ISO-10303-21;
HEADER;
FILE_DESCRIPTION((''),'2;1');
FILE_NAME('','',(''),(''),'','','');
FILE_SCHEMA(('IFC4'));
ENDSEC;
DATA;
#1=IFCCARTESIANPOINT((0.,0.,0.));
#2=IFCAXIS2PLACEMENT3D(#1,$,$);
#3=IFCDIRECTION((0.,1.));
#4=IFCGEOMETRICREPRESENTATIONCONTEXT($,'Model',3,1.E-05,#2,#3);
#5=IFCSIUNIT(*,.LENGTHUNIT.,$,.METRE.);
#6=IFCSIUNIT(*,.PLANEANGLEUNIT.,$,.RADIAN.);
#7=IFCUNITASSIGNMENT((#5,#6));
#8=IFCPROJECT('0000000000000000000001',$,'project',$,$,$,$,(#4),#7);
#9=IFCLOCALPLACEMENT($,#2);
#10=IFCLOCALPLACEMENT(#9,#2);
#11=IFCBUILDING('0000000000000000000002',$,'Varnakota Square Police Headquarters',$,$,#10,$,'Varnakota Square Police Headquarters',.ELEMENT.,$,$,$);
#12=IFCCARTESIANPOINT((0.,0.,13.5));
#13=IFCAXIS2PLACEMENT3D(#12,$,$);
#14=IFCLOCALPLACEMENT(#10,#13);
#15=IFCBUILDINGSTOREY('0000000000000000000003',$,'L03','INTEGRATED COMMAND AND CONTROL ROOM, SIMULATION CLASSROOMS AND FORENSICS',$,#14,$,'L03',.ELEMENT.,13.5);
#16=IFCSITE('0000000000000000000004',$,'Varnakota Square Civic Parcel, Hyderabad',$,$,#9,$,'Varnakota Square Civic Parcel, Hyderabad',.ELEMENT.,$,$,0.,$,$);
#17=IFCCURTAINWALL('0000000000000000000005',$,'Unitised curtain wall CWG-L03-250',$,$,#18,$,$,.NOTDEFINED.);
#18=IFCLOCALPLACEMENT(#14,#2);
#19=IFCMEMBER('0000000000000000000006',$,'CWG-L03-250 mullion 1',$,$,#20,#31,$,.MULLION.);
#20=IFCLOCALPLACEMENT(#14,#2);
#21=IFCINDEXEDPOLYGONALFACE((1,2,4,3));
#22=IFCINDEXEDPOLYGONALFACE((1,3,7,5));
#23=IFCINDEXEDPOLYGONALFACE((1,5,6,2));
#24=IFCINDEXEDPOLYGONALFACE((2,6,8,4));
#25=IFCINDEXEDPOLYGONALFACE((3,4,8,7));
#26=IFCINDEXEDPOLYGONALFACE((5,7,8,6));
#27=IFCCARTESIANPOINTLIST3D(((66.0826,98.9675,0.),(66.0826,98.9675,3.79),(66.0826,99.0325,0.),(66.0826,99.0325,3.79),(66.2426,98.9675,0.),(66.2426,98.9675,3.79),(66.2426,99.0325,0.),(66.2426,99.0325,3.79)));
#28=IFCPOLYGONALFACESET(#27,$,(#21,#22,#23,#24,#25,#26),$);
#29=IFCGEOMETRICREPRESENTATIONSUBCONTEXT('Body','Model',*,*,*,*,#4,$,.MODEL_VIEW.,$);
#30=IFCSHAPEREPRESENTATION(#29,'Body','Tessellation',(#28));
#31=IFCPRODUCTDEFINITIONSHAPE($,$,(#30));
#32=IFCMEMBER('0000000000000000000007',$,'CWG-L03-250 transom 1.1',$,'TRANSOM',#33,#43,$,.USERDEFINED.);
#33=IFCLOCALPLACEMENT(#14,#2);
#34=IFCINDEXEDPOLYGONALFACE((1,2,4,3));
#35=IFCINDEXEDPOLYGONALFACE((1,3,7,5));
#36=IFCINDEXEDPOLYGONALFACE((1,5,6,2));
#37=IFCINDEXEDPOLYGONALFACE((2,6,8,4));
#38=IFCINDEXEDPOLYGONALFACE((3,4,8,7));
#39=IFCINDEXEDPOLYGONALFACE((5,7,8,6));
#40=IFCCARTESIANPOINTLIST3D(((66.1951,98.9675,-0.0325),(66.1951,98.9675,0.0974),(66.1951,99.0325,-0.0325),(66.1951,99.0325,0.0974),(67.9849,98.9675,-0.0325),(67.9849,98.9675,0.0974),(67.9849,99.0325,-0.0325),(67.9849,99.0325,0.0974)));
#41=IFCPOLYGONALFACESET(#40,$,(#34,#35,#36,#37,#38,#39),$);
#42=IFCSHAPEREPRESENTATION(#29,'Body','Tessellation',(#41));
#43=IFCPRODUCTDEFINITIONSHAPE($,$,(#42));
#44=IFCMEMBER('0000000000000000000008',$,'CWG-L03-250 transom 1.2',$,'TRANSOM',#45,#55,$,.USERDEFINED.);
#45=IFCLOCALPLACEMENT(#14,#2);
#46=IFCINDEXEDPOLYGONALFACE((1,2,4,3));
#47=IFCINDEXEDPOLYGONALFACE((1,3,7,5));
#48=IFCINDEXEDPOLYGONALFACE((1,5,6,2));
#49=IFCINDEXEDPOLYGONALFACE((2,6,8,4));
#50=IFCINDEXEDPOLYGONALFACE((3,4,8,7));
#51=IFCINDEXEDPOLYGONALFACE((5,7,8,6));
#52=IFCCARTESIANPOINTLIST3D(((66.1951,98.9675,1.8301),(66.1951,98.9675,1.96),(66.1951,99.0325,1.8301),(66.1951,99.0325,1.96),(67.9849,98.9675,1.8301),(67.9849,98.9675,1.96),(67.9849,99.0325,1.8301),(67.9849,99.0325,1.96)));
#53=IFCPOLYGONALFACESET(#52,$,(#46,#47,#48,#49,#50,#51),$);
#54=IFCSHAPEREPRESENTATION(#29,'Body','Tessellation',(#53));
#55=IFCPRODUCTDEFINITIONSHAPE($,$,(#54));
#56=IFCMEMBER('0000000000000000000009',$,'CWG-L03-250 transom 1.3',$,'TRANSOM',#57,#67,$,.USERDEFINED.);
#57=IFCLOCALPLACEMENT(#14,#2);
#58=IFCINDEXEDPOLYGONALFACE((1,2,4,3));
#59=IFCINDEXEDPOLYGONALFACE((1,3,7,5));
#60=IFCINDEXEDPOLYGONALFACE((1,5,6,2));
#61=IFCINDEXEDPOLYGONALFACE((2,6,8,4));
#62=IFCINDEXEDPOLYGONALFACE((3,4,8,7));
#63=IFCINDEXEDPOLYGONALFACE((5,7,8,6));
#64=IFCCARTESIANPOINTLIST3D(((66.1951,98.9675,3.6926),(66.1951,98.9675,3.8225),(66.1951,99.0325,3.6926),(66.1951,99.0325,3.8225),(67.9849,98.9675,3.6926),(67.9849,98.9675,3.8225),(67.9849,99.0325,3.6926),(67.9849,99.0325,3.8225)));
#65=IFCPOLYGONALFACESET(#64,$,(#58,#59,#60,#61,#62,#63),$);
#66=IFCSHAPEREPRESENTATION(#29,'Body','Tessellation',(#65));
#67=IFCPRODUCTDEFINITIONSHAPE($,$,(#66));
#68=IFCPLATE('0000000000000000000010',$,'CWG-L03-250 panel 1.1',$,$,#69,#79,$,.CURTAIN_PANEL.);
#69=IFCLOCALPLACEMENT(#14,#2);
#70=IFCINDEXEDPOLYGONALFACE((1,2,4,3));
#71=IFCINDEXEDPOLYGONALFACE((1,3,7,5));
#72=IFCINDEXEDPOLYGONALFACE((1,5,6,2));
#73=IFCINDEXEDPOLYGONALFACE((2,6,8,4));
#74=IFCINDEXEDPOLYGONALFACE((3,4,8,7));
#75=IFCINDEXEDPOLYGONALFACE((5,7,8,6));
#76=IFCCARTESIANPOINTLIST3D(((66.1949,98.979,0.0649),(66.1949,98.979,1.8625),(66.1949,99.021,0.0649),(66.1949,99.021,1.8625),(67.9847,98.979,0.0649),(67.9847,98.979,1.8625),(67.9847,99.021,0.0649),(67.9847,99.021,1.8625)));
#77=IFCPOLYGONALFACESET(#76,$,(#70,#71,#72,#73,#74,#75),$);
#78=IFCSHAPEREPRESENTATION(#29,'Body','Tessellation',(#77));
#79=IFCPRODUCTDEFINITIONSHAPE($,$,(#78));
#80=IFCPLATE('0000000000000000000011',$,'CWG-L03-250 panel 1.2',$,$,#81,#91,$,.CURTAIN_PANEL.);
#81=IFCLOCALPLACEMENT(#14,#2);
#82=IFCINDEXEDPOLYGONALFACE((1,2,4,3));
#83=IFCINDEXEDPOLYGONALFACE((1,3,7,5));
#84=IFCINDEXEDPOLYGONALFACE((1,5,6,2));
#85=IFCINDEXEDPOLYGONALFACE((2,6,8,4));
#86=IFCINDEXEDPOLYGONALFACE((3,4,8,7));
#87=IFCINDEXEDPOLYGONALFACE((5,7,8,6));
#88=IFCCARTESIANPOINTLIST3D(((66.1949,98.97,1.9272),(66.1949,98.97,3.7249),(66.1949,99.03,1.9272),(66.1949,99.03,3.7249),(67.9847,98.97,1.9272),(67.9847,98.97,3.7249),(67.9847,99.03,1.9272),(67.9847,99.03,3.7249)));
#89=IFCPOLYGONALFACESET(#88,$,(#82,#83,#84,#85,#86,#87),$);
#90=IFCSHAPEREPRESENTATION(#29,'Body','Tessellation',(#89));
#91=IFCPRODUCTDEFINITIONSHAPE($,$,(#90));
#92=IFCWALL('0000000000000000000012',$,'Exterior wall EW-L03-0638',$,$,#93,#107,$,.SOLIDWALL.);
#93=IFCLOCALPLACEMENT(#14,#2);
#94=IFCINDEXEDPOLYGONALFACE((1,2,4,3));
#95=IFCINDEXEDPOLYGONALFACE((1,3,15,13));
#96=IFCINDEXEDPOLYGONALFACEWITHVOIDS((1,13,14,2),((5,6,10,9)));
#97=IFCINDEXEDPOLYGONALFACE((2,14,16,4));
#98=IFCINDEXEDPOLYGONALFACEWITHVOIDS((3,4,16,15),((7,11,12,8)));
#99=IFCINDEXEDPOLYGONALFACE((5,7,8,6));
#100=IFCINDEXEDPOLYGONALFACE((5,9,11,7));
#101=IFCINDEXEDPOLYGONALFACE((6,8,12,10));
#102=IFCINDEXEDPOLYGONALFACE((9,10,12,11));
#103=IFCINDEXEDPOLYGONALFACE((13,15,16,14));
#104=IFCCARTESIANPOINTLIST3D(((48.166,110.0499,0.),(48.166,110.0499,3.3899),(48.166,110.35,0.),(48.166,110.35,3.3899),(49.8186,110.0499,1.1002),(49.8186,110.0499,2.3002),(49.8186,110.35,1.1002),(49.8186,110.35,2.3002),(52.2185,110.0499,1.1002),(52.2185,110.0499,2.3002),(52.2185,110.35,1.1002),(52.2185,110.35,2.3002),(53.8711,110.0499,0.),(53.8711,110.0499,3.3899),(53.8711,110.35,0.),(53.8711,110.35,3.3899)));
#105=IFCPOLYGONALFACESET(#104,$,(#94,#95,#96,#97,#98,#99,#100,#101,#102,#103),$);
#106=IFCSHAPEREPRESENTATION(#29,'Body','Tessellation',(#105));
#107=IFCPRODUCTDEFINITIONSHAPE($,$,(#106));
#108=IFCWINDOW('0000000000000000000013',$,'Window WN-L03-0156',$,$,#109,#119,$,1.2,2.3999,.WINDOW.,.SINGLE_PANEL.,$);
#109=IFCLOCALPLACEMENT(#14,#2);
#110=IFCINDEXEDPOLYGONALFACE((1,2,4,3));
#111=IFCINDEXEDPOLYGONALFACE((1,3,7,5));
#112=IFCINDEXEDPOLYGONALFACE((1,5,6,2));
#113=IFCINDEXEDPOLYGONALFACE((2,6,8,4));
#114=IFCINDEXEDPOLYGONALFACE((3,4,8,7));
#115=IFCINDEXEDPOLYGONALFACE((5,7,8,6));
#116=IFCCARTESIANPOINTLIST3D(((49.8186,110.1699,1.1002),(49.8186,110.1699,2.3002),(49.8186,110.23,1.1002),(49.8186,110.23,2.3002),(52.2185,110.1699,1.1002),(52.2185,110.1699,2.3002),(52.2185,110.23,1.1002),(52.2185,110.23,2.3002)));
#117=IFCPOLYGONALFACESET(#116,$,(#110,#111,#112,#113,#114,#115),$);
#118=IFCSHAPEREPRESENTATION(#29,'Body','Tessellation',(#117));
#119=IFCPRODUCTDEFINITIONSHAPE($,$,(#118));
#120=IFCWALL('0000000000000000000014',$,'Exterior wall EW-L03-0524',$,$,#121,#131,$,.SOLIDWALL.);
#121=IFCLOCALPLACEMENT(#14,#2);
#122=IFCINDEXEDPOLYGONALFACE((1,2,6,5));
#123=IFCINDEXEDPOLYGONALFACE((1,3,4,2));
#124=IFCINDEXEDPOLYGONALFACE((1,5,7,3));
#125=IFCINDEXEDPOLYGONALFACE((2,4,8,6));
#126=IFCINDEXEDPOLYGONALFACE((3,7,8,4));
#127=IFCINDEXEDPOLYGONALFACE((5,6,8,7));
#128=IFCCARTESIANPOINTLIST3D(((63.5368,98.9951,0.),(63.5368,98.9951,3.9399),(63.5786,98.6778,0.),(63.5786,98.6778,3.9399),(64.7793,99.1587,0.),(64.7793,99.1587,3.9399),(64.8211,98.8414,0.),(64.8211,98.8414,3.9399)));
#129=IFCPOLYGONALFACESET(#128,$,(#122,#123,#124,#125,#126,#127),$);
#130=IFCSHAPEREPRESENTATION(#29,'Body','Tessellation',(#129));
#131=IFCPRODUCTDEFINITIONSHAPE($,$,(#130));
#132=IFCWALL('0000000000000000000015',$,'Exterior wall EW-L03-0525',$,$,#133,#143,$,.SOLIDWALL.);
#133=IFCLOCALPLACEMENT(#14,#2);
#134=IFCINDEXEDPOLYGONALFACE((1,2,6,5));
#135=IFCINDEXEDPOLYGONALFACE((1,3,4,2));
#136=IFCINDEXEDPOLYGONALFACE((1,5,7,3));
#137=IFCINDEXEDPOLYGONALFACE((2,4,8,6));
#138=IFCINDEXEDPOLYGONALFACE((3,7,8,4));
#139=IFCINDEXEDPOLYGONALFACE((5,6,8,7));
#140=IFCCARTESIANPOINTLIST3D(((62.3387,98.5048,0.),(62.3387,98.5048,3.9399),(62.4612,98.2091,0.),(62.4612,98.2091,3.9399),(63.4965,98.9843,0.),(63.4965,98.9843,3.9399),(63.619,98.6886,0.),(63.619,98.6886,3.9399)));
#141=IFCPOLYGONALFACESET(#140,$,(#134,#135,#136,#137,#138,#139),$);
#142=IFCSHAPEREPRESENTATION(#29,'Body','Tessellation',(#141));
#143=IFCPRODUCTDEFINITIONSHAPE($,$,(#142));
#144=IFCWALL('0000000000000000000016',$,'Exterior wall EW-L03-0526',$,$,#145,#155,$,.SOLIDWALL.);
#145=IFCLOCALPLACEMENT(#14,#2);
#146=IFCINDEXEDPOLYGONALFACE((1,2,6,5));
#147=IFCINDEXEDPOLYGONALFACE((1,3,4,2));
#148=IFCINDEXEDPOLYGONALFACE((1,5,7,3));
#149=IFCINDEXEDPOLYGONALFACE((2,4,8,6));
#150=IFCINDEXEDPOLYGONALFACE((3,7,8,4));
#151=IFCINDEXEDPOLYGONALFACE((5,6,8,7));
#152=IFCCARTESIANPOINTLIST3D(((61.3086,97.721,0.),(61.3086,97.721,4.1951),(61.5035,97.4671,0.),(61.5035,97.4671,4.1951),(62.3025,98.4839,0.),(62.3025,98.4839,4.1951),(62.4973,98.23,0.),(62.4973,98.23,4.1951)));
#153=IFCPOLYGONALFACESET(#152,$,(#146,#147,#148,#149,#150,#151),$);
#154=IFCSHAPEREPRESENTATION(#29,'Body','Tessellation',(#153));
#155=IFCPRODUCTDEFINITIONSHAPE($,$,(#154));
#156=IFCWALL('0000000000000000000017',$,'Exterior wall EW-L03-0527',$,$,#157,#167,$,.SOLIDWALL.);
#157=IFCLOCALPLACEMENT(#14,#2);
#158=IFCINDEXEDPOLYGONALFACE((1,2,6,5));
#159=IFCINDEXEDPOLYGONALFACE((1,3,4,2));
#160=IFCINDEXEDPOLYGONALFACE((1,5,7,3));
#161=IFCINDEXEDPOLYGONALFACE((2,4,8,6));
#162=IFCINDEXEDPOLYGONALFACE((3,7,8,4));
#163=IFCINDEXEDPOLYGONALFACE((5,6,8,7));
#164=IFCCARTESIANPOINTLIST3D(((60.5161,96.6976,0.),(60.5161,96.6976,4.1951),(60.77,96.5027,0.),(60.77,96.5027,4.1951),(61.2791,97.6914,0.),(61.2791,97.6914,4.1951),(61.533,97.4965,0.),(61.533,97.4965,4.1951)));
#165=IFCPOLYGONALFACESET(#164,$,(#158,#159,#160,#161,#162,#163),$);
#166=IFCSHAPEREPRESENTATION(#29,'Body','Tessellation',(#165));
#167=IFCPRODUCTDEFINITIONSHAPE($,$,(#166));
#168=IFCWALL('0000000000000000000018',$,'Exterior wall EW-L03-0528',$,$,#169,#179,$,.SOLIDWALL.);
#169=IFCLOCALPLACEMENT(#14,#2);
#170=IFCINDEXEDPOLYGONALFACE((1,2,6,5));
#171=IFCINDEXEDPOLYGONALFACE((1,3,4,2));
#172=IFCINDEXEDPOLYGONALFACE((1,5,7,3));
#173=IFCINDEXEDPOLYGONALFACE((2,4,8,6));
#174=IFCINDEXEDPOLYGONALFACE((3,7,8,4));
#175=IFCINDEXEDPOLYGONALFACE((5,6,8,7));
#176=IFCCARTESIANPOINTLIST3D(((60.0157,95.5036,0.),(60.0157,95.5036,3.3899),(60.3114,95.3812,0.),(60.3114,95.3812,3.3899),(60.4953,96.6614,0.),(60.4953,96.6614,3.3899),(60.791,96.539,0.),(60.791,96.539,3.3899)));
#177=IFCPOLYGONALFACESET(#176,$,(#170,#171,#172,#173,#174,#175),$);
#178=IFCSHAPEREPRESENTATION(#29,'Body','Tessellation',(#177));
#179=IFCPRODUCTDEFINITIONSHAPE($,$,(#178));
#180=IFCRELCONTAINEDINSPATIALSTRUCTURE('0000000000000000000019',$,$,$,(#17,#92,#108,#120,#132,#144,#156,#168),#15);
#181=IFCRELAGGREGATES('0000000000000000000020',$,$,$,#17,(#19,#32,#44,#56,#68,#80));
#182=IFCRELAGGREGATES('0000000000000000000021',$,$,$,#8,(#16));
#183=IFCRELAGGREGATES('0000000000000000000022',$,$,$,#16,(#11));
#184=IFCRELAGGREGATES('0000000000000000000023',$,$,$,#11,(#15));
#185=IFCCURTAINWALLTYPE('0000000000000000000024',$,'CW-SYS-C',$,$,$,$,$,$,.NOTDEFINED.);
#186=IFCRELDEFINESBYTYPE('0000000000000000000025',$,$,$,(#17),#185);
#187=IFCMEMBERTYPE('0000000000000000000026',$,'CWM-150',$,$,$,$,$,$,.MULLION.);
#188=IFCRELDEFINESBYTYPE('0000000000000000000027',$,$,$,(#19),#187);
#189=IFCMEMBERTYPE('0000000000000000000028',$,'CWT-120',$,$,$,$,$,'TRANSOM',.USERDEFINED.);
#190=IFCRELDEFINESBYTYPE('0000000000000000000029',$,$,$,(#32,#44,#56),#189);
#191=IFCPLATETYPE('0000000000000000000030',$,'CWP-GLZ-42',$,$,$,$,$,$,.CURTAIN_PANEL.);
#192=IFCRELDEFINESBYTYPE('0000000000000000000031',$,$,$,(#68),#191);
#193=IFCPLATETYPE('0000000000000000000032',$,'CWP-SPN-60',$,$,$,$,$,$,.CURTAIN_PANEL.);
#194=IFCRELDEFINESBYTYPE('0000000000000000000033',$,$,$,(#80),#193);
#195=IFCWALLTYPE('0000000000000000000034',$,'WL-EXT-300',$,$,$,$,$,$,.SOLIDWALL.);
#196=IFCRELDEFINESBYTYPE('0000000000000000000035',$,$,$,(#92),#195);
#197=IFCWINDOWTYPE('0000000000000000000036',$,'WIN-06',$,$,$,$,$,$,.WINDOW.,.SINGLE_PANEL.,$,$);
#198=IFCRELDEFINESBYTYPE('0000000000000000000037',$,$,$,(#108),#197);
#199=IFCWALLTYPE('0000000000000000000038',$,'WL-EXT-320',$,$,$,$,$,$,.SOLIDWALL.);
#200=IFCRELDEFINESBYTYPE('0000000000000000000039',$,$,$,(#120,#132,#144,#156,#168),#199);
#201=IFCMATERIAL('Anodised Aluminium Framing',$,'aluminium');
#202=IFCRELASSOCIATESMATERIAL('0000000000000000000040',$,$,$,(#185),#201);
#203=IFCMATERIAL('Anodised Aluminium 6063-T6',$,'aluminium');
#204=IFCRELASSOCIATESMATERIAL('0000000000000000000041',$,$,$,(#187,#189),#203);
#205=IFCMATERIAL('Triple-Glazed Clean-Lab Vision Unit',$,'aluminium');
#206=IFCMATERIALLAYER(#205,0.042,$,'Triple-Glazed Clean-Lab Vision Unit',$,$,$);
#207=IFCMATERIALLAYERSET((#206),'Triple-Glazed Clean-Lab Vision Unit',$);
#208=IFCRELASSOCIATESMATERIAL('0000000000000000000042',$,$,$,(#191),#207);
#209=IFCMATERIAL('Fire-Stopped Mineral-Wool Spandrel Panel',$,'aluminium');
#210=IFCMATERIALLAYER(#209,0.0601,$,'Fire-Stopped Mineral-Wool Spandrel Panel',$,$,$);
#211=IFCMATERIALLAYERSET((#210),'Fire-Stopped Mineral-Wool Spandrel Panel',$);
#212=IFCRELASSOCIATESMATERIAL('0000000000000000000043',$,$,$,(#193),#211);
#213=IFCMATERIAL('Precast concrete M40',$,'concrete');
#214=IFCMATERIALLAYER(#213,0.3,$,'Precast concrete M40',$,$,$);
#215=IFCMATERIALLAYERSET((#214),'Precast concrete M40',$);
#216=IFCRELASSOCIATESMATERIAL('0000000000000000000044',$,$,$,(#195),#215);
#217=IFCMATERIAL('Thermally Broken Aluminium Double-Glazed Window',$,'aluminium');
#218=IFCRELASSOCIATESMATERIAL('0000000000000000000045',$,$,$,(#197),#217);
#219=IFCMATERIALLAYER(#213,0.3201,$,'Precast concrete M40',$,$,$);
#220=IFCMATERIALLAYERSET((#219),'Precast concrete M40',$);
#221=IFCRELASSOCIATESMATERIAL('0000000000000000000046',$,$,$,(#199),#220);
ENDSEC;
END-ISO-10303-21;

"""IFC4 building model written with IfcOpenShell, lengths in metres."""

from ifc_helpers import new_model, si_unit, direction, frame, frame_2d, origin, origin_2d, place, context, subcontext, project, spatial, rectangle, extrude, material, layer, layer_set, material_profile, profile_set, type_object, element, fill, aggregate, save


model = new_model("IFC4")

# Units and contexts
model_context = context("Model", 3, precision=1e-05, world=origin(), true_north=direction((0.0, 1.0)))
body_context = subcontext(model_context, "Body", "Model", "MODEL_VIEW")
ifc_project = project(units=[si_unit("LENGTHUNIT", "METRE"), si_unit("PLANEANGLEUNIT", "RADIAN")], contexts=[model_context])

# Site, building, storey
site_placement = place(None, origin())
site = spatial("IfcSite", under=ifc_project, at=site_placement, Name="Varnakota Square Civic Parcel, Hyderabad", LongName="Varnakota Square Civic Parcel, Hyderabad", CompositionType="ELEMENT", RefElevation=0.0)
building_placement = place(site_placement, origin())
building = spatial("IfcBuilding", under=site, at=building_placement, Name="Varnakota Square Police Headquarters", LongName="Varnakota Square Police Headquarters", CompositionType="ELEMENT")
storey_placement = place(building_placement, frame((0.0, 0.0, 13.5)))
storey = spatial("IfcBuildingStorey", under=building, at=storey_placement, Name="L03", Description="INTEGRATED COMMAND AND CONTROL ROOM, SIMULATION CLASSROOMS AND FORENSICS", LongName="L03", CompositionType="ELEMENT", Elevation=13.5)

# Curtain wall, members, plates
ifc_material_1 = material(Name="Anodised Aluminium Framing", Category="aluminium")
curtain_wall_type = type_object("IfcCurtainWallType", Name="CW-SYS-C", PredefinedType="NOTDEFINED", material=ifc_material_1)
curtain_wall_placement = place(storey_placement, origin())
curtain_wall = element("IfcCurtainWall", 1, at=curtain_wall_placement, inside=storey, type_object=curtain_wall_type, Name="Unitised curtain wall CWG-L03-250", PredefinedType="NOTDEFINED")
ifc_material_2 = material(Name="Anodised Aluminium 6063-T6", Category="aluminium")
ifc_material_profile_1 = material_profile(ifc_material_2, rectangle(XDim=0.0649, YDim=0.1599, at=origin_2d()), Name="ALU MULLION 65x160")
ifc_profile_set_1 = profile_set([ifc_material_profile_1], Name="Anodised Aluminium 6063-T6")
member_type_1 = type_object("IfcMemberType", Name="CWM-150", PredefinedType="MULLION", material=ifc_profile_set_1)
member_1_placement = place(storey_placement, frame((66.1626, 99.0, 0.0), z_axis=(0.0, 0.0, 1.0), x_axis=(0.0, 1.0, 0.0)))
member_1 = element("IfcMember", 2, at=member_1_placement, type_object=member_type_1, Name="CWG-L03-250 mullion 1", PredefinedType="MULLION", context=body_context, shape_type="SweptSolid", body=[
    extrude(rectangle(XDim=0.0649, YDim=0.1599, at=origin_2d()), origin(), (0.0, 0.0, 1.0), 3.79),
])
ifc_material_profile_2 = material_profile(ifc_material_2, rectangle(XDim=0.0649, YDim=0.1299, at=origin_2d()), Name="ALU TRANSOM 65x130")
ifc_profile_set_2 = profile_set([ifc_material_profile_2], Name="Anodised Aluminium 6063-T6")
member_type_2 = type_object("IfcMemberType", Name="CWT-120", ElementType="TRANSOM", PredefinedType="USERDEFINED", material=ifc_profile_set_2)
member_2_placement = place(storey_placement, frame((66.1951, 99.0, 0.0325), z_axis=(1.0, 0.0, 0.0), x_axis=(0.0, 1.0, 0.0)))
member_2 = element("IfcMember", 3, at=member_2_placement, type_object=member_type_2, Name="CWG-L03-250 transom 1.1", ObjectType="TRANSOM", PredefinedType="USERDEFINED", context=body_context, shape_type="SweptSolid", body=[
    extrude(rectangle(XDim=0.0649, YDim=0.1299, at=origin_2d()), origin(), (0.0, 0.0, 1.0), 1.7898),
])
member_3_placement = place(storey_placement, frame((66.1951, 99.0, 1.895), z_axis=(1.0, 0.0, 0.0), x_axis=(0.0, 1.0, 0.0)))
member_3 = element("IfcMember", 4, at=member_3_placement, type_object=member_type_2, Name="CWG-L03-250 transom 1.2", ObjectType="TRANSOM", PredefinedType="USERDEFINED", context=body_context, shape_type="SweptSolid", body=[
    extrude(rectangle(XDim=0.0649, YDim=0.1299, at=origin_2d()), origin(), (0.0, 0.0, 1.0), 1.7898),
])
member_4_placement = place(storey_placement, frame((66.1951, 99.0, 3.7576), z_axis=(1.0, 0.0, 0.0), x_axis=(0.0, 1.0, 0.0)))
member_4 = element("IfcMember", 5, at=member_4_placement, type_object=member_type_2, Name="CWG-L03-250 transom 1.3", ObjectType="TRANSOM", PredefinedType="USERDEFINED", context=body_context, shape_type="SweptSolid", body=[
    extrude(rectangle(XDim=0.0649, YDim=0.1299, at=origin_2d()), origin(), (0.0, 0.0, 1.0), 1.7898),
])
ifc_material_3 = material(Name="Triple-Glazed Clean-Lab Vision Unit", Category="aluminium")
ifc_layer_1 = layer(ifc_material_3, 0.042, Name="Triple-Glazed Clean-Lab Vision Unit")
ifc_layer_set_1 = layer_set([ifc_layer_1], Name="Triple-Glazed Clean-Lab Vision Unit")
plate_type_1 = type_object("IfcPlateType", Name="CWP-GLZ-42", PredefinedType="CURTAIN_PANEL", material=ifc_layer_set_1)
plate_1_placement = place(storey_placement, frame((67.0898, 99.0, 0.0649), z_axis=(0.0, 0.0, 1.0), x_axis=(1.0, 0.0, 0.0)))
plate_1 = element("IfcPlate", 6, at=plate_1_placement, type_object=plate_type_1, Name="CWG-L03-250 panel 1.1", PredefinedType="CURTAIN_PANEL", context=body_context, shape_type="SweptSolid", body=[
    extrude(rectangle(XDim=1.7898, YDim=0.042, at=origin_2d()), origin(), (0.0, 0.0, 1.0), 1.7976),
])
ifc_material_4 = material(Name="Fire-Stopped Mineral-Wool Spandrel Panel", Category="aluminium")
ifc_layer_2 = layer(ifc_material_4, 0.0601, Name="Fire-Stopped Mineral-Wool Spandrel Panel")
ifc_layer_set_2 = layer_set([ifc_layer_2], Name="Fire-Stopped Mineral-Wool Spandrel Panel")
plate_type_2 = type_object("IfcPlateType", Name="CWP-SPN-60", PredefinedType="CURTAIN_PANEL", material=ifc_layer_set_2)
plate_2_placement = place(storey_placement, frame((67.0898, 99.0, 1.9272), z_axis=(0.0, 0.0, 1.0), x_axis=(1.0, 0.0, 0.0)))
plate_2 = element("IfcPlate", 7, at=plate_2_placement, type_object=plate_type_2, Name="CWG-L03-250 panel 1.2", PredefinedType="CURTAIN_PANEL", context=body_context, shape_type="SweptSolid", body=[
    extrude(rectangle(XDim=1.7898, YDim=0.0601, at=origin_2d()), origin(), (0.0, 0.0, 1.0), 1.7976),
])
aggregate(curtain_wall, [member_1, member_2, member_3, member_4, plate_1, plate_2])

# Wall, opening, window
ifc_material_5 = material(Name="Precast concrete M40", Category="concrete")
ifc_layer_3 = layer(ifc_material_5, 0.3, Name="Precast concrete M40")
ifc_layer_set_3 = layer_set([ifc_layer_3], Name="Precast concrete M40")
wall_type_1 = type_object("IfcWallType", Name="WL-EXT-300", PredefinedType="SOLIDWALL", material=ifc_layer_set_3)
wall_1_placement = place(storey_placement, frame((48.166, 110.2, 0.0), z_axis=(0.0, 0.0, 1.0), x_axis=(1.0, 0.0, 0.0)))
wall_1 = element("IfcWall", 8, at=wall_1_placement, inside=storey, type_object=wall_type_1, Name="Exterior wall EW-L03-0638", PredefinedType="SOLIDWALL", context=body_context, shape_type="SweptSolid", body=[
    extrude(rectangle(XDim=5.7051, YDim=0.3, at=frame_2d((2.8525, 0.0))), origin(), (0.0, 0.0, 1.0), 3.3899),
])
opening_1_placement = place(wall_1_placement, frame((1.6526, 0.0, 1.1001)))
opening_1 = element("IfcOpeningElement", 9, at=opening_1_placement, cuts=wall_1, PredefinedType="OPENING", context=body_context, shape_type="SweptSolid", body=[
    extrude(rectangle(XDim=2.3999, YDim=1.2, at=frame_2d((1.2, 0.6001))), frame((0.0, 0.1599, 0.0), z_axis=(0.0, -1.0, 0.0), x_axis=(1.0, 0.0, 0.0)), (0.0, 0.0, 1.0), 0.3201),
])
ifc_material_6 = material(Name="Thermally Broken Aluminium Double-Glazed Window", Category="aluminium")
window_type_1 = type_object("IfcWindowType", Name="WIN-06", PartitioningType="SINGLE_PANEL", PredefinedType="WINDOW", material=ifc_material_6)
window_1_placement = place(opening_1_placement, origin())
window_1 = element("IfcWindow", 10, at=window_1_placement, inside=storey, type_object=window_type_1, Name="Window WN-L03-0156", OverallHeight=1.2, OverallWidth=2.3999, PartitioningType="SINGLE_PANEL", PredefinedType="WINDOW", context=body_context, shape_type="SweptSolid", body=[
    extrude(rectangle(XDim=2.3999, YDim=1.2, at=frame_2d((1.2, 0.6001))), frame((0.0, 0.03, 0.0), z_axis=(0.0, -1.0, 0.0), x_axis=(1.0, 0.0, 0.0)), (0.0, 0.0, 1.0), 0.0601),
])
fill(opening_1, window_1)

# Walls
ifc_layer_4 = layer(ifc_material_5, 0.3201, Name="Precast concrete M40")
ifc_layer_set_4 = layer_set([ifc_layer_4], Name="Precast concrete M40")
wall_type_2 = type_object("IfcWallType", Name="WL-EXT-320", PredefinedType="SOLIDWALL", material=ifc_layer_set_4)
for number, where, z_axis, x_axis, name in (
    (11, (64.8, 99.0, 0.0), (0.0, 0.0, 1.0), (-0.991444, -0.13053, 0.0), "Exterior wall EW-L03-0524"),
    (12, (63.5576, 98.8364, 0.0), (0.0, 0.0, 1.0), (-0.923893, -0.38265, 0.0), "Exterior wall EW-L03-0525"),
):
    element("IfcWall", number, at=place(storey_placement, frame(where, z_axis=z_axis, x_axis=x_axis)), inside=storey, type_object=wall_type_2, Name=name, PredefinedType="SOLIDWALL", context=body_context, shape_type="SweptSolid", body=[
        extrude(rectangle(XDim=1.2532, YDim=0.3201, at=frame_2d((0.6265, 0.0))), origin(), (0.0, 0.0, 1.0), 3.9399),
    ])
for number, where, z_axis, x_axis, name in (
    (13, (62.3999, 98.3569, 0.0), (0.0, 0.0, 1.0), (-0.793239, -0.60891, 0.0), "Exterior wall EW-L03-0526"),
    (14, (61.406, 97.594, 0.0), (0.0, 0.0, 1.0), (-0.60891, -0.793239, 0.0), "Exterior wall EW-L03-0527"),
):
    element("IfcWall", number, at=place(storey_placement, frame(where, z_axis=z_axis, x_axis=x_axis)), inside=storey, type_object=wall_type_2, Name=name, PredefinedType="SOLIDWALL", context=body_context, shape_type="SweptSolid", body=[
        extrude(rectangle(XDim=1.2529, YDim=0.3201, at=frame_2d((0.6265, 0.0))), origin(), (0.0, 0.0, 1.0), 4.1951),
    ])
for number, where, z_axis, x_axis, name in (
    (15, (60.6431, 96.6001, 0.0), (0.0, 0.0, 1.0), (-0.38265, -0.923893, 0.0), "Exterior wall EW-L03-0528"),
):
    element("IfcWall", number, at=place(storey_placement, frame(where, z_axis=z_axis, x_axis=x_axis)), inside=storey, type_object=wall_type_2, Name=name, PredefinedType="SOLIDWALL", context=body_context, shape_type="SweptSolid", body=[
        extrude(rectangle(XDim=1.2532, YDim=0.3201, at=frame_2d((0.6265, 0.0))), origin(), (0.0, 0.0, 1.0), 3.3899),
    ])

save(model, "model.ifc")
